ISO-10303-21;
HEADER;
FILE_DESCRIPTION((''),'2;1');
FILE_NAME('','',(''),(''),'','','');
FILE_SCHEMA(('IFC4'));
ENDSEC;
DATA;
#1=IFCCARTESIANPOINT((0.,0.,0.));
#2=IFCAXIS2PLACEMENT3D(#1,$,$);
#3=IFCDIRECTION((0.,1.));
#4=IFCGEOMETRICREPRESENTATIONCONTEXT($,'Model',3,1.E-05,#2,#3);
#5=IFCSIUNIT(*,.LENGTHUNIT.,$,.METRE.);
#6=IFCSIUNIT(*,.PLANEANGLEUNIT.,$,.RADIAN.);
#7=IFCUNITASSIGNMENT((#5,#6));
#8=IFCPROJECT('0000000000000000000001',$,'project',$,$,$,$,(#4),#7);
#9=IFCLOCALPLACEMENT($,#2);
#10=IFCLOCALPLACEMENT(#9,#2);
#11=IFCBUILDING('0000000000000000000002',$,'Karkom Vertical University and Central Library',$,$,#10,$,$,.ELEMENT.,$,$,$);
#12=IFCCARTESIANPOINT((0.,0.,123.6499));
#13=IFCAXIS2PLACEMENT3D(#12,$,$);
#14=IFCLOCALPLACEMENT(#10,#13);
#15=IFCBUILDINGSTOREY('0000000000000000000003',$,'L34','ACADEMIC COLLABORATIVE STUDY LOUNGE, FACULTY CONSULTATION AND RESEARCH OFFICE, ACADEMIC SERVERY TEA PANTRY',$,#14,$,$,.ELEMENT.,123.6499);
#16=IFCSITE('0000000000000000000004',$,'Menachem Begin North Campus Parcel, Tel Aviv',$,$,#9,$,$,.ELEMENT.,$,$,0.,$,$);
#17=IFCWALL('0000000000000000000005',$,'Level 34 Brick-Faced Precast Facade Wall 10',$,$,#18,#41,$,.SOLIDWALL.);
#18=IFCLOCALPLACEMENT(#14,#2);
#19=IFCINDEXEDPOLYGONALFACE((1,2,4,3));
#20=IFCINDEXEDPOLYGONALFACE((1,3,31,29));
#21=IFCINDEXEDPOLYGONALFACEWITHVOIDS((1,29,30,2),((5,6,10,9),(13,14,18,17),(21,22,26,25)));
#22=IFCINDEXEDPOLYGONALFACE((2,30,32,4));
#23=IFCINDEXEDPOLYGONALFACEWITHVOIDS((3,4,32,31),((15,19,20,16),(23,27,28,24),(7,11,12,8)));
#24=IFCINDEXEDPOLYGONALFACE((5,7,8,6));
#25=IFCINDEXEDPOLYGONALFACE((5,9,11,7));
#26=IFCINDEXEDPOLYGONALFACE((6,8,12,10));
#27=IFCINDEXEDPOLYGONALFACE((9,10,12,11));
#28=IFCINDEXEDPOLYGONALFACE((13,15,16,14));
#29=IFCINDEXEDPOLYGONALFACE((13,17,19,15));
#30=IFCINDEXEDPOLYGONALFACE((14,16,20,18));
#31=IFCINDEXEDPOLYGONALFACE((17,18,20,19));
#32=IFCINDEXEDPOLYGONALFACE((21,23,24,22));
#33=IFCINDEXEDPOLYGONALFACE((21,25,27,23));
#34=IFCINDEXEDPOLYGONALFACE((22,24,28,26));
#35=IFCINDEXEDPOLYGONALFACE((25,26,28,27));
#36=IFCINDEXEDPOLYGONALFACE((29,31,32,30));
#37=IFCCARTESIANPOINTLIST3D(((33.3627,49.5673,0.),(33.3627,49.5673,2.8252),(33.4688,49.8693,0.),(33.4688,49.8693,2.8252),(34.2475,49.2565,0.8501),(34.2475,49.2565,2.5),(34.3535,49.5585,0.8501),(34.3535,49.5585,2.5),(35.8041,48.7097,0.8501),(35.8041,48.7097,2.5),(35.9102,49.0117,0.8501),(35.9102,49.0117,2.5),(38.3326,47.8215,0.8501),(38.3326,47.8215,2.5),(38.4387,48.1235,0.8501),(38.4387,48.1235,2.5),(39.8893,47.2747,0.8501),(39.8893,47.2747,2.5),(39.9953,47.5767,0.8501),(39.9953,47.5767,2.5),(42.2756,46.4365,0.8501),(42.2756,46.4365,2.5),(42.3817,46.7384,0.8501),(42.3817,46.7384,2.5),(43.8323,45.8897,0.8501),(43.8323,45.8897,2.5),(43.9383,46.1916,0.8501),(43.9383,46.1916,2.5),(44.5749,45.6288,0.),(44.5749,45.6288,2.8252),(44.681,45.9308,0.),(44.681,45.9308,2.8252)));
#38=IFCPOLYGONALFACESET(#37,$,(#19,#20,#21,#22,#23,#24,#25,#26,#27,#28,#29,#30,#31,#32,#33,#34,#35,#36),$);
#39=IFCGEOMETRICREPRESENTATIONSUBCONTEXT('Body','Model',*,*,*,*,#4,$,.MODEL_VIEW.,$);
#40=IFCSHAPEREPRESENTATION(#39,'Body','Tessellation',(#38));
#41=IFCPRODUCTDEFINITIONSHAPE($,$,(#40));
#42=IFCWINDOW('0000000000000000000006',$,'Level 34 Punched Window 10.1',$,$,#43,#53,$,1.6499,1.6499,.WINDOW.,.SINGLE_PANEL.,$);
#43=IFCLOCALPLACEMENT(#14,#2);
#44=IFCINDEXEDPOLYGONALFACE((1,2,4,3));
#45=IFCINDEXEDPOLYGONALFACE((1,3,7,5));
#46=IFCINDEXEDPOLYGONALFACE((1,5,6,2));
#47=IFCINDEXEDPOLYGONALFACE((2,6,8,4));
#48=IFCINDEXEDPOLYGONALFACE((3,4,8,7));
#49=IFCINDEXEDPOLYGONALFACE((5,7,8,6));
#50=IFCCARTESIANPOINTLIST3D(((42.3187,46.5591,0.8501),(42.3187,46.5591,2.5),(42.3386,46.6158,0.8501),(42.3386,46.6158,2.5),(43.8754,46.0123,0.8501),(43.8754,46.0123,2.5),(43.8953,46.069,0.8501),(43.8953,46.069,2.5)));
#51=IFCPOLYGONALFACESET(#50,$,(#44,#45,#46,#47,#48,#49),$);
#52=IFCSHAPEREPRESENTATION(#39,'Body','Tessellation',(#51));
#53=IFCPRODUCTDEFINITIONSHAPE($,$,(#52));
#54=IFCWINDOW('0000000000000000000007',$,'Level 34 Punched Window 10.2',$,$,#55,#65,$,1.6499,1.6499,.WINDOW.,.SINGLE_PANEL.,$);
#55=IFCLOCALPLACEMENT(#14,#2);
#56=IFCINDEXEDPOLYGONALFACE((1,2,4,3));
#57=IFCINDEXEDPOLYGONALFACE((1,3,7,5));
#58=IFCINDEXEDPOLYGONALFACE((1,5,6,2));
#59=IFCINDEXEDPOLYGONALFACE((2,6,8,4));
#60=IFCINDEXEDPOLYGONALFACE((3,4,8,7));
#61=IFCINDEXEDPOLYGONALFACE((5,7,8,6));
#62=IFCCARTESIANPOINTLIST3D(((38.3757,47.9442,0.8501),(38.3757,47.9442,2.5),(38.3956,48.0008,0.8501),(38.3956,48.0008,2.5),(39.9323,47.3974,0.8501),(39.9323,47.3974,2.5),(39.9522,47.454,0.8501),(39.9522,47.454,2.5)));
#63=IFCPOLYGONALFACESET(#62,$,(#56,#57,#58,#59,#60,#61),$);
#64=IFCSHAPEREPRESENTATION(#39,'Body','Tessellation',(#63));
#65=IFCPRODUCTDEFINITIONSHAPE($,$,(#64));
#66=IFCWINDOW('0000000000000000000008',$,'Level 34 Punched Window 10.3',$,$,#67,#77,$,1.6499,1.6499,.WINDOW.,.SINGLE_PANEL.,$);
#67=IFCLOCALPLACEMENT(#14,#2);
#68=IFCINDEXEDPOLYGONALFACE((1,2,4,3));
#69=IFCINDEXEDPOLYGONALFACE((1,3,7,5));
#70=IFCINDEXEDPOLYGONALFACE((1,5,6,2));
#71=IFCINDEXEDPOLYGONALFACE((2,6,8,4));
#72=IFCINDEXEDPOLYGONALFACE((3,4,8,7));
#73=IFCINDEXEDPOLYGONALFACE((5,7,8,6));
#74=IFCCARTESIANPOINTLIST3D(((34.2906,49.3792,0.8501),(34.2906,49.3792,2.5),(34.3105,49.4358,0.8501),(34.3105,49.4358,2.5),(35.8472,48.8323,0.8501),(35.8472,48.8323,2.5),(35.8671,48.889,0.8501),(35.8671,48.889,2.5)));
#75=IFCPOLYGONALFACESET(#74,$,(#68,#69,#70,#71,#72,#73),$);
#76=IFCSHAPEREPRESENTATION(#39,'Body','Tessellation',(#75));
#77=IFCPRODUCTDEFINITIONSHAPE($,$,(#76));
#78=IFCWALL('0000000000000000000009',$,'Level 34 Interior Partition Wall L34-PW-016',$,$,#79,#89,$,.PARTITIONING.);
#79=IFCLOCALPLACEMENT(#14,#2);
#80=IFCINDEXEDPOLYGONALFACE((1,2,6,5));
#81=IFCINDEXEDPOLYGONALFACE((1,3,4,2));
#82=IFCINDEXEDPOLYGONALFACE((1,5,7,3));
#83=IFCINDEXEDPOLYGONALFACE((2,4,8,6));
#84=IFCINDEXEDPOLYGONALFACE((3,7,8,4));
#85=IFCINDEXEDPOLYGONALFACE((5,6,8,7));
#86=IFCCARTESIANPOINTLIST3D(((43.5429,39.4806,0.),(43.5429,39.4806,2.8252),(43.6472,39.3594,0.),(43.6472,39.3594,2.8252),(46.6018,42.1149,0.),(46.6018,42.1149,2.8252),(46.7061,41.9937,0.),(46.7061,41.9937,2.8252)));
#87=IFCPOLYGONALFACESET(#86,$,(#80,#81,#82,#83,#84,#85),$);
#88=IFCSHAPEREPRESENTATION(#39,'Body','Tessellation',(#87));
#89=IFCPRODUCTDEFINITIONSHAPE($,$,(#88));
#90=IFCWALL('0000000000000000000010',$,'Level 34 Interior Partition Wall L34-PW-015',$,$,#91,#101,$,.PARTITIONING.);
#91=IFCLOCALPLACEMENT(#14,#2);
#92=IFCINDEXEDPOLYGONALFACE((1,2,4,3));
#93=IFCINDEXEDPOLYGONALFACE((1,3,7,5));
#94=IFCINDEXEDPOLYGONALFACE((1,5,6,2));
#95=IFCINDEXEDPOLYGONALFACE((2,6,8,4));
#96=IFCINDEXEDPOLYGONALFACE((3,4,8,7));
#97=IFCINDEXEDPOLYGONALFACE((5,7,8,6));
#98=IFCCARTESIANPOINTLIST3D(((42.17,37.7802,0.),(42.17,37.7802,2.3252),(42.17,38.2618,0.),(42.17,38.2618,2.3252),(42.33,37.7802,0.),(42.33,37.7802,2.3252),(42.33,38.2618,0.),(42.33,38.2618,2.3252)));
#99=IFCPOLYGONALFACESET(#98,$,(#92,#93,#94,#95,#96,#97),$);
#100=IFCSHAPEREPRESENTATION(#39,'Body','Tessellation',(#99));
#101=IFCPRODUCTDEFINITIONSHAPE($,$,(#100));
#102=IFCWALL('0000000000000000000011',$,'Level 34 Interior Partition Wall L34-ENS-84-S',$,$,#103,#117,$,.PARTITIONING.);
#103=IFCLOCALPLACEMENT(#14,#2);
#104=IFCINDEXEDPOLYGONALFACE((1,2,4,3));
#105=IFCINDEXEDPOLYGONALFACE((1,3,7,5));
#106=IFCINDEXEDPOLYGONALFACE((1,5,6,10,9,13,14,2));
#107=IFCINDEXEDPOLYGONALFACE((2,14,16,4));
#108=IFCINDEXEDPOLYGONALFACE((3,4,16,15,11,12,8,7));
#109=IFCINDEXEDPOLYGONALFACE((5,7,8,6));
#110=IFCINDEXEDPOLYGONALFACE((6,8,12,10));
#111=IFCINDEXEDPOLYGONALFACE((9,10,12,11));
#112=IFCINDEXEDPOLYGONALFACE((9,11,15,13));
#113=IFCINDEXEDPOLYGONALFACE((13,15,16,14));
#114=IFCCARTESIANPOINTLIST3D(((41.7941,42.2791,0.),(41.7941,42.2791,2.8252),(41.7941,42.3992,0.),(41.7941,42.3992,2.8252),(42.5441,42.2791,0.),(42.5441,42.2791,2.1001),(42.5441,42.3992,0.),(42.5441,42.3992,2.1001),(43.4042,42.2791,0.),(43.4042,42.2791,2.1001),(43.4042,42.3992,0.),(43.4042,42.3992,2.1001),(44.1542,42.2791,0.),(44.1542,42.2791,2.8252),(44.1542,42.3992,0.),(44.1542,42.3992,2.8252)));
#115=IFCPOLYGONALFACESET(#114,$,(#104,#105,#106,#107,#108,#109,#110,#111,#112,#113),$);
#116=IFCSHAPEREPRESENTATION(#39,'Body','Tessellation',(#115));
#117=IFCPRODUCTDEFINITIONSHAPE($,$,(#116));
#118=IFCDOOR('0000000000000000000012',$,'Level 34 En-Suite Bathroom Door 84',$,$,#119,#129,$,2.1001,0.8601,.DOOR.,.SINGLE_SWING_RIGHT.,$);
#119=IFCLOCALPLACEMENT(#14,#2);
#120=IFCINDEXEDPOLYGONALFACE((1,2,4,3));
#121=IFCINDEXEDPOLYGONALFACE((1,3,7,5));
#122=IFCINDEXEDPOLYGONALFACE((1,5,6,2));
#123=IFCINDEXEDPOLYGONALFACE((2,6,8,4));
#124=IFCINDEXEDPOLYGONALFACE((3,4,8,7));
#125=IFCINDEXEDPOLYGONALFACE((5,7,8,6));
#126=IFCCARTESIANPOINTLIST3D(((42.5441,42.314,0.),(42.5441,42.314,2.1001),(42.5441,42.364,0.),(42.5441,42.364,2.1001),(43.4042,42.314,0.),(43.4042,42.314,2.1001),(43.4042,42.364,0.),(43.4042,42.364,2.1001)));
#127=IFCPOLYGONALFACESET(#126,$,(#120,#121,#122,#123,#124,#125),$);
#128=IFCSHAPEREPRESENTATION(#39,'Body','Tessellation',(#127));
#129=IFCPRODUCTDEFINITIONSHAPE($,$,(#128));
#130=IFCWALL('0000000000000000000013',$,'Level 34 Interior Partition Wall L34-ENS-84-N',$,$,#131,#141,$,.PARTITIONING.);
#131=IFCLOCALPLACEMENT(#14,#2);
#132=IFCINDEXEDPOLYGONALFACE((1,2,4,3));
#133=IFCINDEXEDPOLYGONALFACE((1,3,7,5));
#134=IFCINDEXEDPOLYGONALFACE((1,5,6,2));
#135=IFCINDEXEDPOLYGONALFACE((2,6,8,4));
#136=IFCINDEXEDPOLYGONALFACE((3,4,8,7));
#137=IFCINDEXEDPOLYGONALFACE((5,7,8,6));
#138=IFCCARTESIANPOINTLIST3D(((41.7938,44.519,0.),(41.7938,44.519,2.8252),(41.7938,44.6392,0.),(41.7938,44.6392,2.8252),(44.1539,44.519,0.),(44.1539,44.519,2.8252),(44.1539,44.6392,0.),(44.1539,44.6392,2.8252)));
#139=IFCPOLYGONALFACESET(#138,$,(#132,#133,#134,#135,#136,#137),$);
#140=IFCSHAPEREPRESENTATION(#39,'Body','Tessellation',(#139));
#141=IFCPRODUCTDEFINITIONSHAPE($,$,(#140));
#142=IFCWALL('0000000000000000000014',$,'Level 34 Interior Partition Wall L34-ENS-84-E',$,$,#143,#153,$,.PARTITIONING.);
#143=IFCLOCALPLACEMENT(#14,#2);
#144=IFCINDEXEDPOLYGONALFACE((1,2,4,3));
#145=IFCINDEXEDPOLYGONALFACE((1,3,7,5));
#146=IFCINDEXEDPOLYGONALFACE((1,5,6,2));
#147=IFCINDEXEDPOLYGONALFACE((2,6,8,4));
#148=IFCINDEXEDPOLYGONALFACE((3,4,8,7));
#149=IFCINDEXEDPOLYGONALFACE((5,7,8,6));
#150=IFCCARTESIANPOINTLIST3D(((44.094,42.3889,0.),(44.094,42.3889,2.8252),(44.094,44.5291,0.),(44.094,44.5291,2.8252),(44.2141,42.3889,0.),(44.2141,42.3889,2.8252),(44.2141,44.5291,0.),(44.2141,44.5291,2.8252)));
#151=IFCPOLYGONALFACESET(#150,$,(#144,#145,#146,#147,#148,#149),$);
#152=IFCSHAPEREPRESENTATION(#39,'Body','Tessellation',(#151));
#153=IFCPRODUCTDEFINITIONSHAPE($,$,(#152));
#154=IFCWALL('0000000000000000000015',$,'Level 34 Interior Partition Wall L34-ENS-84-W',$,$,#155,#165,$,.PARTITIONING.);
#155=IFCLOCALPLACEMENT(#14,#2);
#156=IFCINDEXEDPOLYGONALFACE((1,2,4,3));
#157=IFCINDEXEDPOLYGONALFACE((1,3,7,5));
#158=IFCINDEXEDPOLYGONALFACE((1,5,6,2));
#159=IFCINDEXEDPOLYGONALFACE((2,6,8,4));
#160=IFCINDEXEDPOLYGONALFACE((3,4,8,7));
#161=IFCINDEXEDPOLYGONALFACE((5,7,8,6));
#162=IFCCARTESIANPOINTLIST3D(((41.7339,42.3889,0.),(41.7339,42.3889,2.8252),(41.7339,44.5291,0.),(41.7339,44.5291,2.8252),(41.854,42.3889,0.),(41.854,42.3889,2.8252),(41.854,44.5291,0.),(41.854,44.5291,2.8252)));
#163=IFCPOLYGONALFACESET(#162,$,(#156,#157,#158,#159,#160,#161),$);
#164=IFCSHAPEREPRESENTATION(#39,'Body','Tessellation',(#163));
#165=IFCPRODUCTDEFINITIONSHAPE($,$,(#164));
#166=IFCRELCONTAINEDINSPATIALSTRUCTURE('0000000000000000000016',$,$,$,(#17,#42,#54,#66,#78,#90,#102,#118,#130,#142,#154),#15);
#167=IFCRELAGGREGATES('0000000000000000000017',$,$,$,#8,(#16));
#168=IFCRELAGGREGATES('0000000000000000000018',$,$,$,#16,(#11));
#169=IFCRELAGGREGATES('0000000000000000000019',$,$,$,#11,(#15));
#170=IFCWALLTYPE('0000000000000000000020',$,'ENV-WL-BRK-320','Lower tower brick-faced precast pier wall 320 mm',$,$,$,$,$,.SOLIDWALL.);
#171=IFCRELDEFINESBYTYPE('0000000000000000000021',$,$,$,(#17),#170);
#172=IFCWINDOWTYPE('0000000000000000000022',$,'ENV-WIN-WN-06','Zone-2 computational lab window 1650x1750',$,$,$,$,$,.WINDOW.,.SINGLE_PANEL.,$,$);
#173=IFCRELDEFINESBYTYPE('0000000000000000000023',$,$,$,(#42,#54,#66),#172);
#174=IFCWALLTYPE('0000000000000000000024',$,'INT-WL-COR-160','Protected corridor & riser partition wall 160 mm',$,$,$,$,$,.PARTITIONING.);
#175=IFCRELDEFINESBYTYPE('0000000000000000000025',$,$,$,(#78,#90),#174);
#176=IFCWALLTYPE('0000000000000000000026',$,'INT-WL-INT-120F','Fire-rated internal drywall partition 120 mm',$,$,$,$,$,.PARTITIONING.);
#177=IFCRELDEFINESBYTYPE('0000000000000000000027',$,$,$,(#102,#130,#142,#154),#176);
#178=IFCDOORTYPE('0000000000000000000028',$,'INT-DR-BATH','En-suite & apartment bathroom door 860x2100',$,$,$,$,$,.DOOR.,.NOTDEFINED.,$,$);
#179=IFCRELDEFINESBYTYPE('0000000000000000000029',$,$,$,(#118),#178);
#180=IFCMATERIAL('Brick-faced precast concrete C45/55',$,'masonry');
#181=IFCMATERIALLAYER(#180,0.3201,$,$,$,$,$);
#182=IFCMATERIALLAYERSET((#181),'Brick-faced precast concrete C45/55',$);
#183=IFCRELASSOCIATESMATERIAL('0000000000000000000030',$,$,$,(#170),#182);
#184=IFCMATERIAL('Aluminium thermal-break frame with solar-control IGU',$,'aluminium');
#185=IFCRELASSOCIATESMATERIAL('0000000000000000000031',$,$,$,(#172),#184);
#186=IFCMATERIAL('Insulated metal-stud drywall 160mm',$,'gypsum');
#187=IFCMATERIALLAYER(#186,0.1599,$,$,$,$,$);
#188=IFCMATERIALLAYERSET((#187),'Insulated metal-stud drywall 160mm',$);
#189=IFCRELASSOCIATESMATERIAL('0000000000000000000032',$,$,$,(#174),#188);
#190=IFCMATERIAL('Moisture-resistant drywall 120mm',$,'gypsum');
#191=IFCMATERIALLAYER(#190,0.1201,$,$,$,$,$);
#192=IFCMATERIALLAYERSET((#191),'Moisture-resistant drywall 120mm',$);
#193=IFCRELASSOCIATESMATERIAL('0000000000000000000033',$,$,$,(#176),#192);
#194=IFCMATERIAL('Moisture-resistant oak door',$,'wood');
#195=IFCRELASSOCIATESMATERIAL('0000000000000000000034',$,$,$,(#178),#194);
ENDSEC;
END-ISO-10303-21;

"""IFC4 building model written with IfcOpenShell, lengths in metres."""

from ifc_helpers import new_model, si_unit, direction, frame, frame_2d, origin, origin_with_axes, place, context, subcontext, project, spatial, rectangle, extrude, source, transform, mapped, material, layer, layer_set, type_object, element, fill, save


model = new_model("IFC4")

# Units and contexts
model_context = context("Model", 3, precision=1e-05, world=origin(), true_north=direction((0.0, 1.0)))
body_context = subcontext(model_context, "Body", "Model", "MODEL_VIEW")
ifc_project = project(units=[si_unit("LENGTHUNIT", "METRE"), si_unit("PLANEANGLEUNIT", "RADIAN")], contexts=[model_context])

# Site, building, storey
site_placement = place(None, origin())
site = spatial("IfcSite", under=ifc_project, at=site_placement, Name="Menachem Begin North Campus Parcel, Tel Aviv", CompositionType="ELEMENT", RefElevation=0.0)
building_placement = place(site_placement, origin())
building = spatial("IfcBuilding", under=site, at=building_placement, Name="Karkom Vertical University and Central Library", CompositionType="ELEMENT")
storey_placement = place(building_placement, frame((0.0, 0.0, 123.6499)))
storey = spatial("IfcBuildingStorey", under=building, at=storey_placement, Name="L34", Description="ACADEMIC COLLABORATIVE STUDY LOUNGE, FACULTY CONSULTATION AND RESEARCH OFFICE, ACADEMIC SERVERY TEA PANTRY", CompositionType="ELEMENT", Elevation=123.6499)

# Wall, openings, windows
ifc_material_1 = material(Name="Brick-faced precast concrete C45/55", Category="masonry")
ifc_layer_1 = layer(ifc_material_1, 0.3201)
ifc_layer_set_1 = layer_set([ifc_layer_1], Name="Brick-faced precast concrete C45/55")
wall_type_1 = type_object("IfcWallType", Name="ENV-WL-BRK-320", Description="Lower tower brick-faced precast pier wall 320 mm", PredefinedType="SOLIDWALL", material=ifc_layer_set_1)
ifc_material_2 = material(Name="Aluminium thermal-break frame with solar-control IGU", Category="aluminium")
window_type = type_object("IfcWindowType", Name="ENV-WIN-WN-06", Description="Zone-2 computational lab window 1650x1750", PartitioningType="SINGLE_PANEL", PredefinedType="WINDOW", material=ifc_material_2)
shared_shape_1 = source(origin_with_axes(), body_context, "Body", "SweptSolid", [
    extrude(rectangle(XDim=1.6499, YDim=1.6499, at=frame_2d((0.825, 0.825))), frame((0.0, 0.03, 0.0), z_axis=(0.0, -1.0, 0.0), x_axis=(1.0, 0.0, 0.0)), (0.0, 0.0, 1.0), 0.0601),
])
wall_1_placement = place(storey_placement, frame((44.6279, 45.7798, 0.0), z_axis=(0.0, 0.0, 1.0), x_axis=(-0.943485, 0.331416, 0.0)))
wall_1 = element("IfcWall", 1, at=wall_1_placement, inside=storey, type_object=wall_type_1, Name="Level 34 Brick-Faced Precast Facade Wall 10", PredefinedType="SOLIDWALL", context=body_context, shape_type="SweptSolid", body=[
    extrude(rectangle(XDim=11.8838, YDim=0.3201, at=frame_2d((5.9419, 0.0))), origin(), (0.0, 0.0, 1.0), 2.8252),
])
opening_1_placement = place(wall_1_placement, frame((0.7871, 0.0, 0.8501)))
opening_1 = element("IfcOpeningElement", 2, at=opening_1_placement, cuts=wall_1, PredefinedType="OPENING", context=body_context, shape_type="SweptSolid", body=[
    extrude(rectangle(XDim=1.6499, YDim=1.6499, at=frame_2d((0.825, 0.825))), frame((0.0, 0.1699, 0.0), z_axis=(0.0, -1.0, 0.0), x_axis=(1.0, 0.0, 0.0)), (0.0, 0.0, 1.0), 0.3401),
])
opening_2_placement = place(wall_1_placement, frame((4.9663, 0.0, 0.8501)))
opening_2 = element("IfcOpeningElement", 3, at=opening_2_placement, cuts=wall_1, PredefinedType="OPENING", context=body_context, shape_type="SweptSolid", body=[
    extrude(rectangle(XDim=1.6499, YDim=1.6499, at=frame_2d((0.825, 0.825))), frame((0.0, 0.1699, 0.0), z_axis=(0.0, -1.0, 0.0), x_axis=(1.0, 0.0, 0.0)), (0.0, 0.0, 1.0), 0.3401),
])
opening_3_placement = place(wall_1_placement, frame((9.2961, 0.0, 0.8501)))
opening_3 = element("IfcOpeningElement", 4, at=opening_3_placement, cuts=wall_1, PredefinedType="OPENING", context=body_context, shape_type="SweptSolid", body=[
    extrude(rectangle(XDim=1.6499, YDim=1.6499, at=frame_2d((0.825, 0.825))), frame((0.0, 0.1699, 0.0), z_axis=(0.0, -1.0, 0.0), x_axis=(1.0, 0.0, 0.0)), (0.0, 0.0, 1.0), 0.3401),
])
window_1_placement = place(opening_1_placement, origin())
window_1 = element("IfcWindow", 5, at=window_1_placement, inside=storey, type_object=window_type, Name="Level 34 Punched Window 10.1", OverallHeight=1.6499, OverallWidth=1.6499, PartitioningType="SINGLE_PANEL", PredefinedType="WINDOW", context=body_context, shape_type="MappedRepresentation", body=[
    mapped(shared_shape_1, transform((0.0, 0.0, 0.0), scale=1.0)),
])
fill(opening_1, window_1)
window_2_placement = place(opening_2_placement, origin())
window_2 = element("IfcWindow", 6, at=window_2_placement, inside=storey, type_object=window_type, Name="Level 34 Punched Window 10.2", OverallHeight=1.6499, OverallWidth=1.6499, PartitioningType="SINGLE_PANEL", PredefinedType="WINDOW", context=body_context, shape_type="MappedRepresentation", body=[
    mapped(shared_shape_1, transform((0.0, 0.0, 0.0), scale=1.0)),
])
fill(opening_2, window_2)
window_3_placement = place(opening_3_placement, origin())
window_3 = element("IfcWindow", 7, at=window_3_placement, inside=storey, type_object=window_type, Name="Level 34 Punched Window 10.3", OverallHeight=1.6499, OverallWidth=1.6499, PartitioningType="SINGLE_PANEL", PredefinedType="WINDOW", context=body_context, shape_type="MappedRepresentation", body=[
    mapped(shared_shape_1, transform((0.0, 0.0, 0.0), scale=1.0)),
])
fill(opening_3, window_3)

# Walls
ifc_material_3 = material(Name="Insulated metal-stud drywall 160mm", Category="gypsum")
ifc_layer_2 = layer(ifc_material_3, 0.1599)
ifc_layer_set_2 = layer_set([ifc_layer_2], Name="Insulated metal-stud drywall 160mm")
wall_type_2 = type_object("IfcWallType", Name="INT-WL-COR-160", Description="Protected corridor & riser partition wall 160 mm", PredefinedType="PARTITIONING", material=ifc_layer_set_2)
wall_2_placement = place(storey_placement, frame((43.595, 39.4199, 0.0), z_axis=(0.0, 0.0, 1.0), x_axis=(0.757735, 0.652563, 0.0)))
element("IfcWall", 8, at=wall_2_placement, inside=storey, type_object=wall_type_2, Name="Level 34 Interior Partition Wall L34-PW-016", PredefinedType="PARTITIONING", context=body_context, shape_type="SweptSolid", body=[
    extrude(rectangle(XDim=4.0369, YDim=0.1599, at=frame_2d((2.0186, 0.0))), origin(), (0.0, 0.0, 1.0), 2.8252),
])
wall_3_placement = place(storey_placement, frame((42.25, 38.2617, 0.0), z_axis=(0.0, 0.0, 1.0), x_axis=(0.0, -1.0, 0.0)))
element("IfcWall", 9, at=wall_3_placement, inside=storey, type_object=wall_type_2, Name="Level 34 Interior Partition Wall L34-PW-015", PredefinedType="PARTITIONING", context=body_context, shape_type="SweptSolid", body=[
    extrude(rectangle(XDim=0.4817, YDim=0.1599, at=frame_2d((0.2407, 0.0))), origin(), (0.0, 0.0, 1.0), 2.3252),
])

# Wall, opening, door
ifc_material_4 = material(Name="Moisture-resistant drywall 120mm", Category="gypsum")
ifc_layer_3 = layer(ifc_material_4, 0.1201)
ifc_layer_set_3 = layer_set([ifc_layer_3], Name="Moisture-resistant drywall 120mm")
wall_type_3 = type_object("IfcWallType", Name="INT-WL-INT-120F", Description="Fire-rated internal drywall partition 120 mm", PredefinedType="PARTITIONING", material=ifc_layer_set_3)
wall_4_placement = place(storey_placement, frame((41.7939, 42.3391, 0.0), z_axis=(0.0, 0.0, 1.0), x_axis=(1.0, 0.0, 0.0)))
wall_4 = element("IfcWall", 10, at=wall_4_placement, inside=storey, type_object=wall_type_3, Name="Level 34 Interior Partition Wall L34-ENS-84-S", PredefinedType="PARTITIONING", context=body_context, shape_type="SweptSolid", body=[
    extrude(rectangle(XDim=2.3601, YDim=0.1201, at=frame_2d((1.1802, 0.0))), origin(), (0.0, 0.0, 1.0), 2.8252),
])
opening_4_placement = place(wall_4_placement, frame((0.75, 0.0, 0.0)))
opening_4 = element("IfcOpeningElement", 11, at=opening_4_placement, cuts=wall_4, PredefinedType="OPENING", context=body_context, shape_type="SweptSolid", body=[
    extrude(rectangle(XDim=0.8601, YDim=2.1001, at=frame_2d((0.4302, 1.05))), frame((0.0, 0.0701, 0.0), z_axis=(0.0, -1.0, 0.0), x_axis=(1.0, 0.0, 0.0)), (0.0, 0.0, 1.0), 0.1401),
])
ifc_material_5 = material(Name="Moisture-resistant oak door", Category="wood")
door_type = type_object("IfcDoorType", Name="INT-DR-BATH", Description="En-suite & apartment bathroom door 860x2100", OperationType="NOTDEFINED", PredefinedType="DOOR", material=ifc_material_5)
shared_shape_2 = source(origin_with_axes(), body_context, "Body", "SweptSolid", [
    extrude(rectangle(XDim=0.8601, YDim=2.1001, at=frame_2d((0.4302, 1.05))), frame((0.0, 0.0249, 0.0), z_axis=(0.0, -1.0, 0.0), x_axis=(1.0, 0.0, 0.0)), (0.0, 0.0, 1.0), 0.05),
])
door_placement = place(opening_4_placement, origin())
door = element("IfcDoor", 12, at=door_placement, inside=storey, type_object=door_type, Name="Level 34 En-Suite Bathroom Door 84", OperationType="SINGLE_SWING_RIGHT", OverallHeight=2.1001, OverallWidth=0.8601, PredefinedType="DOOR", context=body_context, shape_type="MappedRepresentation", body=[
    mapped(shared_shape_2, transform((0.0, 0.0, 0.0), scale=1.0)),
])
fill(opening_4, door)

# Walls
wall_5_placement = place(storey_placement, frame((44.1541, 44.5791, 0.0), z_axis=(0.0, 0.0, 1.0), x_axis=(-1.0, 0.0, 0.0)))
element("IfcWall", 13, at=wall_5_placement, inside=storey, type_object=wall_type_3, Name="Level 34 Interior Partition Wall L34-ENS-84-N", PredefinedType="PARTITIONING", context=body_context, shape_type="SweptSolid", body=[
    extrude(rectangle(XDim=2.3601, YDim=0.1201, at=frame_2d((1.1802, 0.0))), origin(), (0.0, 0.0, 1.0), 2.8252),
])
for number, where, z_axis, x_axis, name in (
    (14, (44.1541, 42.3889, 0.0), (0.0, 0.0, 1.0), (0.0, 1.0, 0.0), "Level 34 Interior Partition Wall L34-ENS-84-E"),
    (15, (41.7939, 44.5291, 0.0), (0.0, 0.0, 1.0), (0.0, -1.0, 0.0), "Level 34 Interior Partition Wall L34-ENS-84-W"),
):
    element("IfcWall", number, at=place(storey_placement, frame(where, z_axis=z_axis, x_axis=x_axis)), inside=storey, type_object=wall_type_3, Name=name, PredefinedType="PARTITIONING", context=body_context, shape_type="SweptSolid", body=[
        extrude(rectangle(XDim=2.1401, YDim=0.1201, at=frame_2d((1.0701, 0.0))), origin(), (0.0, 0.0, 1.0), 2.8252),
    ])

save(model, "model.ifc")
